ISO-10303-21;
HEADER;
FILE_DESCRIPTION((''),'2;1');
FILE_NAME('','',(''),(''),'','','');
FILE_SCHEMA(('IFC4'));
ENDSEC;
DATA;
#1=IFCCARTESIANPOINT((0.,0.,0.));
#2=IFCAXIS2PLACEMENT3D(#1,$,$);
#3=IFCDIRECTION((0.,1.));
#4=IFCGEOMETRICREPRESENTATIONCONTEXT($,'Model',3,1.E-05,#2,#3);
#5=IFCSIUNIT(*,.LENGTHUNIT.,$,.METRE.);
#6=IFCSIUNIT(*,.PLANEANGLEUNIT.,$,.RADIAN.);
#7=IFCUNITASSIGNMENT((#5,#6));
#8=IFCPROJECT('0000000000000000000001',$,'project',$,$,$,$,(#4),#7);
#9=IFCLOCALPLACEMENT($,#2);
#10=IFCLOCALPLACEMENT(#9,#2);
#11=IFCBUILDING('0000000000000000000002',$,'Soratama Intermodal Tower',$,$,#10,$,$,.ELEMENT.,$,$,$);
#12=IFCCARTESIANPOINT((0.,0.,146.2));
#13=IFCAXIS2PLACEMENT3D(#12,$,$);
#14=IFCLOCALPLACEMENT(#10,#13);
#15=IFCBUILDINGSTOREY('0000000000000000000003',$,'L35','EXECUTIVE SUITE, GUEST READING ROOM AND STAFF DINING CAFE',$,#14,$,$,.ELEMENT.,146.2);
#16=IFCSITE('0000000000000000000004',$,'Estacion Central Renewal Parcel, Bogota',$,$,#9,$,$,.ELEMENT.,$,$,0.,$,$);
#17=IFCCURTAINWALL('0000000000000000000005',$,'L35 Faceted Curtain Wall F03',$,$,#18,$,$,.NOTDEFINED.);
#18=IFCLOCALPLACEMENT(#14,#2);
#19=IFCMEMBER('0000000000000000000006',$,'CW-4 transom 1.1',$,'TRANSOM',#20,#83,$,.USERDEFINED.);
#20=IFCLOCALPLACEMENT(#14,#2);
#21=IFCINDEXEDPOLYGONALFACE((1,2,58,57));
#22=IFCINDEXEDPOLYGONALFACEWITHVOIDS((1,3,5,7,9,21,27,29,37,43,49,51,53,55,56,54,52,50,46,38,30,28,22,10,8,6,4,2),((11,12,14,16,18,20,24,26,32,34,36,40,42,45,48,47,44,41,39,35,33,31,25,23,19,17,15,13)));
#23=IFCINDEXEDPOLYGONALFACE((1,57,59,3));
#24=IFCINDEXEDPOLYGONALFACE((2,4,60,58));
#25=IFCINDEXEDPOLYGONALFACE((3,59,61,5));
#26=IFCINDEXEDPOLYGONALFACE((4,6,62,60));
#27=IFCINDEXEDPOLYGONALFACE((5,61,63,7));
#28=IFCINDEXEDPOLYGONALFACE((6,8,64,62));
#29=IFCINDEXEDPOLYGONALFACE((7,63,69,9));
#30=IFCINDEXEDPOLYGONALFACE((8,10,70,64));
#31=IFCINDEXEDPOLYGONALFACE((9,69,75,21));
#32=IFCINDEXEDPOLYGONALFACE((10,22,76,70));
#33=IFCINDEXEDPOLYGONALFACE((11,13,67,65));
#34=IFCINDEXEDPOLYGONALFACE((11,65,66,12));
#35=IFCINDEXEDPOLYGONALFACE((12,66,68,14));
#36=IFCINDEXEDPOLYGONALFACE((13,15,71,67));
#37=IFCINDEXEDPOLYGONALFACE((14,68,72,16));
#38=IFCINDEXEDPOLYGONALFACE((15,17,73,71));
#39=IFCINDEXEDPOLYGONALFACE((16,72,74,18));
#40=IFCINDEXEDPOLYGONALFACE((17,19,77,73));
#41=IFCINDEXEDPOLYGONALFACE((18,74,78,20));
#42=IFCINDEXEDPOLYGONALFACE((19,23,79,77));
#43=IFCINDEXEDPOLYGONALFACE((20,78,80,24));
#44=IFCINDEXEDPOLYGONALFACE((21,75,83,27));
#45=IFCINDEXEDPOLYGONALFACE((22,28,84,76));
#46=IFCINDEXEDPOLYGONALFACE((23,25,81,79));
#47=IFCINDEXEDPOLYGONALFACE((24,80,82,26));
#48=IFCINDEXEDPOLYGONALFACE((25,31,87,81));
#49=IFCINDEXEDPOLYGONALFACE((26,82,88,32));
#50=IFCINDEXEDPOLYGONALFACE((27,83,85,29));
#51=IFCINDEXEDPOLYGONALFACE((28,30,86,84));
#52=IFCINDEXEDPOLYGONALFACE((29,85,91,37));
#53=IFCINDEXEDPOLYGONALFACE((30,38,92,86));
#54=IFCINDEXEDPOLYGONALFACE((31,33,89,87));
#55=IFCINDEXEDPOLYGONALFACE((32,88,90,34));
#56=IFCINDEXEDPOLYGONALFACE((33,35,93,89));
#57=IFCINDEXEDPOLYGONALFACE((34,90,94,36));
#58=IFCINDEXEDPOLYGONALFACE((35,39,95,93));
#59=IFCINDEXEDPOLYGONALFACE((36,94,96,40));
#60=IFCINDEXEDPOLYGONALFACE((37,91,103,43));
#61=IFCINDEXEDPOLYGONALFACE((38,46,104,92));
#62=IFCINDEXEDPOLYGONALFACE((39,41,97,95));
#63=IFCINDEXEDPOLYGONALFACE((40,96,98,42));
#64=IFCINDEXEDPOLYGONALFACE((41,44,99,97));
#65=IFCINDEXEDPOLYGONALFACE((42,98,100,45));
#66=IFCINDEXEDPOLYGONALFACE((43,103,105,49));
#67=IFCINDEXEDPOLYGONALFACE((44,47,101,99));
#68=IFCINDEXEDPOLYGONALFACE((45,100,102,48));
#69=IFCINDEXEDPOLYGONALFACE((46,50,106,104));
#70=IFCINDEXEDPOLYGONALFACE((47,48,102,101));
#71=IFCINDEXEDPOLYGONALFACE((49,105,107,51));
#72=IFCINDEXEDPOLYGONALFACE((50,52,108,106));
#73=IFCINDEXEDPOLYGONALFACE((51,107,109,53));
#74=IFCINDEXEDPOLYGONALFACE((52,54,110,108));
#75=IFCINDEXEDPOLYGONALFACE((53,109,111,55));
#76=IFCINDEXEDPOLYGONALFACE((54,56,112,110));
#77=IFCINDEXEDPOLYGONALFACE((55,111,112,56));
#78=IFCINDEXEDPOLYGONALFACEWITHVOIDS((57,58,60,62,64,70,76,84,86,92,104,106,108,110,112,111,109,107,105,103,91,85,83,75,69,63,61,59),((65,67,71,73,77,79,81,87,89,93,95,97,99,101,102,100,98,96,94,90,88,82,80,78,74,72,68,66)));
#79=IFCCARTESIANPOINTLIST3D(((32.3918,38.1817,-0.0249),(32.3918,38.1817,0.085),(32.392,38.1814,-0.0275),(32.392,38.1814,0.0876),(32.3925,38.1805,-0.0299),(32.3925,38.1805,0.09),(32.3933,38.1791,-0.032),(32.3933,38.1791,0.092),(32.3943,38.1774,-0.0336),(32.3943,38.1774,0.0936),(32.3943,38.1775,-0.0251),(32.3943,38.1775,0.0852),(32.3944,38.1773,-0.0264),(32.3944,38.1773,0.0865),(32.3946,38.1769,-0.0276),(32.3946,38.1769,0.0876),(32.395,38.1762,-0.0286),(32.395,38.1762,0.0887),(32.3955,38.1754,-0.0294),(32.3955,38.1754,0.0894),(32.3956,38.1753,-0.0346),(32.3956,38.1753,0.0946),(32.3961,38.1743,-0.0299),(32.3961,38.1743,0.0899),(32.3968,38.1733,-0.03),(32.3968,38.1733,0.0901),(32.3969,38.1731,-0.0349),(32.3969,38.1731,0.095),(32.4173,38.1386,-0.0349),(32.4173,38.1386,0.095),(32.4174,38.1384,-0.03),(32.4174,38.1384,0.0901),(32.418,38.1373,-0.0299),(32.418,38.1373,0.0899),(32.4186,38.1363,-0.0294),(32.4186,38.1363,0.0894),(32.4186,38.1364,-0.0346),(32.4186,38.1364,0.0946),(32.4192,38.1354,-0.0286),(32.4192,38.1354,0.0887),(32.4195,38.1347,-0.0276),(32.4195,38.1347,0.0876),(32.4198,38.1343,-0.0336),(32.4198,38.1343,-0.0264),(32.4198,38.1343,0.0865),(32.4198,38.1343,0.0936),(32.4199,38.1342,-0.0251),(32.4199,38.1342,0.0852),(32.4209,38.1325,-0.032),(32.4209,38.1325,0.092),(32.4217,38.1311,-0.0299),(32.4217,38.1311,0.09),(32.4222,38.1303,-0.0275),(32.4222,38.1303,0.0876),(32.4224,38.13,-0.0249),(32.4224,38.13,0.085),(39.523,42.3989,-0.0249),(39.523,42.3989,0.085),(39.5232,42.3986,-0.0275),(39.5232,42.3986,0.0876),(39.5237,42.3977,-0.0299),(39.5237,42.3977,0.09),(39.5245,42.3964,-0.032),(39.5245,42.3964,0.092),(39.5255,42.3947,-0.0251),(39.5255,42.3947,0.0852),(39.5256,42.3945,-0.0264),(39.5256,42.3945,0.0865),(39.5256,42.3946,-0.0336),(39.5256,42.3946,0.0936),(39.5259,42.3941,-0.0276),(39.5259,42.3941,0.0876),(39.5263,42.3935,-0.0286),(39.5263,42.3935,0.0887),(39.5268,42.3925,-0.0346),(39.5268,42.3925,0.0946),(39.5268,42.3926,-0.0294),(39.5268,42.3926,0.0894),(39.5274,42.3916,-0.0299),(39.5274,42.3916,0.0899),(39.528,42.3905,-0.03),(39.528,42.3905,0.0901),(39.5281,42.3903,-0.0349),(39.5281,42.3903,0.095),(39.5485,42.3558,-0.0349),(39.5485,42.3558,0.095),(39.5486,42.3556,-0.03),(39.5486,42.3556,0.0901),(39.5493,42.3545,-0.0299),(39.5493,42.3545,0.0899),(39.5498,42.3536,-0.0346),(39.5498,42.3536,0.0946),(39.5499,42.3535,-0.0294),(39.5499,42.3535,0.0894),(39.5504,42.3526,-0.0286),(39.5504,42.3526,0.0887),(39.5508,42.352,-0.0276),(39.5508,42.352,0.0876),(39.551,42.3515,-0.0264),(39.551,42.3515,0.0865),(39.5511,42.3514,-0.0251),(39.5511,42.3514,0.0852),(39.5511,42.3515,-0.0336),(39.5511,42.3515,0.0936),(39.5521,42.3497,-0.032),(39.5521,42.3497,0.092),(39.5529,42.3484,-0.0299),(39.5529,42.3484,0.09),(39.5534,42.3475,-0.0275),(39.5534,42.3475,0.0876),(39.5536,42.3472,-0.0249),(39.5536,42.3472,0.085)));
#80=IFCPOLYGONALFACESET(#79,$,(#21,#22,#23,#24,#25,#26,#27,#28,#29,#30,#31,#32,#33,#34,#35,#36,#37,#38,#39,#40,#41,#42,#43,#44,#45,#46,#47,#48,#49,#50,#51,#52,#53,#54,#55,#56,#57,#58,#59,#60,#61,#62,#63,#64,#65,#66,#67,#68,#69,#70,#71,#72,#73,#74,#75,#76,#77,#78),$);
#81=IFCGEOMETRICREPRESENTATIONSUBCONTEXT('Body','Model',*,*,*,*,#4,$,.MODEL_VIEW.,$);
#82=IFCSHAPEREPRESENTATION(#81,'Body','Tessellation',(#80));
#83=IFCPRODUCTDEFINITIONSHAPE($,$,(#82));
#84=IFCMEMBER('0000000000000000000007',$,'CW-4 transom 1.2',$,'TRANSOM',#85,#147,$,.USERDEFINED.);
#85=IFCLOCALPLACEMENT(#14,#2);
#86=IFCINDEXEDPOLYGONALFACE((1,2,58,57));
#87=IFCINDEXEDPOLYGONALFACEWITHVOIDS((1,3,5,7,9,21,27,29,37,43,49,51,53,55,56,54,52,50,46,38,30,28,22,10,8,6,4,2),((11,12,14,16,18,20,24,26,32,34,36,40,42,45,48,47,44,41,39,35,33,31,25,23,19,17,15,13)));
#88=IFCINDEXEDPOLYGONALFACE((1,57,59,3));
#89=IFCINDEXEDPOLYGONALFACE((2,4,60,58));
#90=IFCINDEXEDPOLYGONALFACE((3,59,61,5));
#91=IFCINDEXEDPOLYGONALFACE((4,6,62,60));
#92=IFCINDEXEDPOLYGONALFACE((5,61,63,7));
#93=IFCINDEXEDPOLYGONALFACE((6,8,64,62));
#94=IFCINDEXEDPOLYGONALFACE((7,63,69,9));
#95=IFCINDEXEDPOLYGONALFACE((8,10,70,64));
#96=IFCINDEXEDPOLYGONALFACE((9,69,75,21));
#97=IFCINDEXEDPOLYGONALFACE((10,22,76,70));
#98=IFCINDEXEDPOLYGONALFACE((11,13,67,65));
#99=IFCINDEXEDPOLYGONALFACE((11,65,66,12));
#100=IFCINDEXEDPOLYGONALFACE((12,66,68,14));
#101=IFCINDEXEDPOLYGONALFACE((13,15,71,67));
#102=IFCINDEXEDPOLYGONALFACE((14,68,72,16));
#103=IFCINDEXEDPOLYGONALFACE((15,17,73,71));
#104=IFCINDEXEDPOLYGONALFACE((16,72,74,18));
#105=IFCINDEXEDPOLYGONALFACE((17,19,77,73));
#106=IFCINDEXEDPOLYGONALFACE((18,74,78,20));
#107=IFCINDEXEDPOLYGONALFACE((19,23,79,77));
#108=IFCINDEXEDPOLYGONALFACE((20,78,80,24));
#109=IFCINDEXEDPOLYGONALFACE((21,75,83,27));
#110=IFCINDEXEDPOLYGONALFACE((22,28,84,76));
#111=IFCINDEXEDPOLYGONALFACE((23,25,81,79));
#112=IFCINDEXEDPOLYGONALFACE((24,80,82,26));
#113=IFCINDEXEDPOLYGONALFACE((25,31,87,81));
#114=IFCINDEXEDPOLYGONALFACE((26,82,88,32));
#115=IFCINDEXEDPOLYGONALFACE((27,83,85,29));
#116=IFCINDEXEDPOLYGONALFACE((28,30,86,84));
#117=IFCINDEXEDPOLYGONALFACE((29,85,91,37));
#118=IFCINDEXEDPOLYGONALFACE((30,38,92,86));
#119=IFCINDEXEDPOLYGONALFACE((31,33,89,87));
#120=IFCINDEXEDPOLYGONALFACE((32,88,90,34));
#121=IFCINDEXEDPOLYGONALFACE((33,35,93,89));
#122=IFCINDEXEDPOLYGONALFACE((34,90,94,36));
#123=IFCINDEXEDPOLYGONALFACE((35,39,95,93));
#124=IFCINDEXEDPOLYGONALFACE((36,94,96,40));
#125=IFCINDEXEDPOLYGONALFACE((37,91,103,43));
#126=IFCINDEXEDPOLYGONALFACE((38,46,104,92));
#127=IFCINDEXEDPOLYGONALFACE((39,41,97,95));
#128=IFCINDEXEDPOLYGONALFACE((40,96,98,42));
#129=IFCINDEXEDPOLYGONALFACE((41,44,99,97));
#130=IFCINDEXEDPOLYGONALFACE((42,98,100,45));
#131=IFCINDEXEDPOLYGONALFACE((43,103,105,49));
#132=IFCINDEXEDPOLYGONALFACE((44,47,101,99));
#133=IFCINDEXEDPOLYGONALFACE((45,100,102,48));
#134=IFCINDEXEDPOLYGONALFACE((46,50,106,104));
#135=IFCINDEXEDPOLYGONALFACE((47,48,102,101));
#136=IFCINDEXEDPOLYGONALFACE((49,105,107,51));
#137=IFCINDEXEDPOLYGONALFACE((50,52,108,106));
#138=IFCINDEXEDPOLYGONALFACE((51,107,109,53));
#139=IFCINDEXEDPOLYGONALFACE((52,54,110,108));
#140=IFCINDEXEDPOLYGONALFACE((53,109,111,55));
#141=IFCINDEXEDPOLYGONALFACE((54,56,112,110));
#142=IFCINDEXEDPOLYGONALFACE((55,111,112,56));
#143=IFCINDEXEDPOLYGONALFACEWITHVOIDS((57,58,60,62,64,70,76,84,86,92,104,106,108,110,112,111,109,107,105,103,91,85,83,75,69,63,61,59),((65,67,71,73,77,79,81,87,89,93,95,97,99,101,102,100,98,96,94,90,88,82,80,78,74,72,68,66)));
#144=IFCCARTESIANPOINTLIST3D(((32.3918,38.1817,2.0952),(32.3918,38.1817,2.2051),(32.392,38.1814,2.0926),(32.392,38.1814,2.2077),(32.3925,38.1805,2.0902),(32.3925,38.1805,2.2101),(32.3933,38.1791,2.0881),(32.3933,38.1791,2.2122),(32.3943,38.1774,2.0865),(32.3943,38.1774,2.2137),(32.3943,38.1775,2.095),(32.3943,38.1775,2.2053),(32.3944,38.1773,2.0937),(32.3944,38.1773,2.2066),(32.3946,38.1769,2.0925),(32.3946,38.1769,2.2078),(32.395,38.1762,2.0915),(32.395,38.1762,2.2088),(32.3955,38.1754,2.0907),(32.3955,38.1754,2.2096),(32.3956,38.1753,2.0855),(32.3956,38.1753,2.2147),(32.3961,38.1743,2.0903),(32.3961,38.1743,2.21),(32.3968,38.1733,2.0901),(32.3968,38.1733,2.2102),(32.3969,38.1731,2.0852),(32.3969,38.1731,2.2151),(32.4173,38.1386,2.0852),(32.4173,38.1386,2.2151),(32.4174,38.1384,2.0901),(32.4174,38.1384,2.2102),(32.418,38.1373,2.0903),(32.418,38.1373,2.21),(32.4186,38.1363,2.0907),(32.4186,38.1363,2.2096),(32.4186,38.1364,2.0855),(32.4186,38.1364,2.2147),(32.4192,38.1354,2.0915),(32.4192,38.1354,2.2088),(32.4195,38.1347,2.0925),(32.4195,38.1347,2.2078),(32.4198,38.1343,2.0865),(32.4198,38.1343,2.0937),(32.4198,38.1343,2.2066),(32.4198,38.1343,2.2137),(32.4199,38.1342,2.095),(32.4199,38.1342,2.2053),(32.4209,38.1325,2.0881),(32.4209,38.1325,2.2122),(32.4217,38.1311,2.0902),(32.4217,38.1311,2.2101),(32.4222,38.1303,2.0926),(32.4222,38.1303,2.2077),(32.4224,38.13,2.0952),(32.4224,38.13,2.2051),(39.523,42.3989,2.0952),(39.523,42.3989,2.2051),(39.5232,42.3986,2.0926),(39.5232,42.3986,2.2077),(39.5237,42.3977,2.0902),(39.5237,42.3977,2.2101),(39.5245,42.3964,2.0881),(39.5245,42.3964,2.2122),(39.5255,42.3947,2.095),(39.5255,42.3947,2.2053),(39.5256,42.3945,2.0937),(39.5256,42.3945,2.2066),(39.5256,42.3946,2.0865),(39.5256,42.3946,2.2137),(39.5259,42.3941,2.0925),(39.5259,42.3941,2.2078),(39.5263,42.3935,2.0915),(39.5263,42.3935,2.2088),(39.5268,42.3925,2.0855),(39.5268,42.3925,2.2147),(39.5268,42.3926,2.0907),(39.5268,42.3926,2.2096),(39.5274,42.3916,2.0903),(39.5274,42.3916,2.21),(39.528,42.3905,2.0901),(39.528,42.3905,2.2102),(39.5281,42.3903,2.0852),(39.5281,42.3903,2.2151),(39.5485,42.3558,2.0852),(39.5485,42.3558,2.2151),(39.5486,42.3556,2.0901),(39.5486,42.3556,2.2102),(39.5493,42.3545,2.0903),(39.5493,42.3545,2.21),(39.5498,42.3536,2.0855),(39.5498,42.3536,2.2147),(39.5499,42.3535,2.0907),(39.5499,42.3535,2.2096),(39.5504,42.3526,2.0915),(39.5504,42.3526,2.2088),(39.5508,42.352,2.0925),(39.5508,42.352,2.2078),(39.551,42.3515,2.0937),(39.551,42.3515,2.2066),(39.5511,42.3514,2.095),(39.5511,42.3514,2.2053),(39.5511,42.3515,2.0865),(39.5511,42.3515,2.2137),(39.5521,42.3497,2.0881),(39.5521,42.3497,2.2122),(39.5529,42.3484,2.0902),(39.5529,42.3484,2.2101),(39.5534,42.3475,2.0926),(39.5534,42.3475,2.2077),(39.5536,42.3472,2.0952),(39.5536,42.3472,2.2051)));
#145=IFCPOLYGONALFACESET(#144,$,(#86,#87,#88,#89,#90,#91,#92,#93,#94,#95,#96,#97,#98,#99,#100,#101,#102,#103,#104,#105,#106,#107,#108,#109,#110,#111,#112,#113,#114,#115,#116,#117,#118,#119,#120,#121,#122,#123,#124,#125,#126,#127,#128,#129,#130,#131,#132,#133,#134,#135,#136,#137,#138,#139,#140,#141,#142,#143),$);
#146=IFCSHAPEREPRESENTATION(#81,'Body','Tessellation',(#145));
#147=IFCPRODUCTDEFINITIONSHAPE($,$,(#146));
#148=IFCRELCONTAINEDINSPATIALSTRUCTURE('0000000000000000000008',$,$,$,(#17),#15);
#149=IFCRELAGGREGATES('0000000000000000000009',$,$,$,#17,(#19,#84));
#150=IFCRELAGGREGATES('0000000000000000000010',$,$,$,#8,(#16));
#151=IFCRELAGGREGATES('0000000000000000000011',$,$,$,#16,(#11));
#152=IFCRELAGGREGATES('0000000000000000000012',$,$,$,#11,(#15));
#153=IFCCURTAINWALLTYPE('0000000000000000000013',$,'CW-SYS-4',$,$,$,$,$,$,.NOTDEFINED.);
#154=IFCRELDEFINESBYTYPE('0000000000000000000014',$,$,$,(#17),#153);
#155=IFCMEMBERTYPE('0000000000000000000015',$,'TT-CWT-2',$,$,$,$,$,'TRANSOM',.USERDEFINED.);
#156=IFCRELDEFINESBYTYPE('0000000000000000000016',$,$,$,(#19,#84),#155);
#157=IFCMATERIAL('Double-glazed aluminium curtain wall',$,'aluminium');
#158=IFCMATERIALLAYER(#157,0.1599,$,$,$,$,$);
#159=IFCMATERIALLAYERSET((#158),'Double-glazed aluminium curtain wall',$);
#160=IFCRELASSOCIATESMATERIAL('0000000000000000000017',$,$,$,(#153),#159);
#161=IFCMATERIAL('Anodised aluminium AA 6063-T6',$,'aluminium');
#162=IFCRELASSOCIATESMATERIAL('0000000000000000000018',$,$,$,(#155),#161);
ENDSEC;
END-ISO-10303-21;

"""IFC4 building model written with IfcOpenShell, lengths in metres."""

from ifc_helpers import new_model, si_unit, direction, frame, origin, origin_2d, place, context, subcontext, project, spatial, hollow_rectangle, extrude, material, layer, layer_set, material_profile, profile_set, type_object, element, aggregate, save


model = new_model("IFC4")

# Units and contexts
model_context = context("Model", 3, precision=1e-05, world=origin(), true_north=direction((0.0, 1.0)))
body_context = subcontext(model_context, "Body", "Model", "MODEL_VIEW")
ifc_project = project(units=[si_unit("LENGTHUNIT", "METRE"), si_unit("PLANEANGLEUNIT", "RADIAN")], contexts=[model_context])

# Site, building, storey
site_placement = place(None, origin())
site = spatial("IfcSite", under=ifc_project, at=site_placement, Name="Estacion Central Renewal Parcel, Bogota", CompositionType="ELEMENT", RefElevation=0.0)
building_placement = place(site_placement, origin())
building = spatial("IfcBuilding", under=site, at=building_placement, Name="Soratama Intermodal Tower", CompositionType="ELEMENT")
storey_placement = place(building_placement, frame((0.0, 0.0, 146.2)))
storey = spatial("IfcBuildingStorey", under=building, at=storey_placement, Name="L35", Description="EXECUTIVE SUITE, GUEST READING ROOM AND STAFF DINING CAFE", CompositionType="ELEMENT", Elevation=146.2)

# Curtain wall
ifc_material_1 = material(Name="Double-glazed aluminium curtain wall", Category="aluminium")
ifc_layer_1 = layer(ifc_material_1, 0.1599)
ifc_layer_set_1 = layer_set([ifc_layer_1], Name="Double-glazed aluminium curtain wall")
curtain_wall_type = type_object("IfcCurtainWallType", Name="CW-SYS-4", PredefinedType="NOTDEFINED", material=ifc_layer_set_1)
curtain_wall_1_placement = place(storey_placement, origin())
curtain_wall_1 = element("IfcCurtainWall", 1, at=curtain_wall_1_placement, inside=storey, type_object=curtain_wall_type, Name="L35 Faceted Curtain Wall F03", PredefinedType="NOTDEFINED")

# Members
ifc_material_2 = material(Name="Anodised aluminium AA 6063-T6", Category="aluminium")
ifc_material_profile_1 = material_profile(ifc_material_2, hollow_rectangle(XDim=0.0601, YDim=0.1299, WallThickness=0.0049, InnerFilletRadius=0.0049, OuterFilletRadius=0.01, at=origin_2d()), Name="CWT130X60X5")
ifc_profile_set_1 = profile_set([ifc_material_profile_1], Name="Anodised aluminium AA 6063-T6")
member_type_1 = type_object("IfcMemberType", Name="TT-CWT-2", ElementType="TRANSOM", PredefinedType="USERDEFINED", material=ifc_profile_set_1)
member_1_placement = place(storey_placement, frame((39.5383, 42.373, 0.03), z_axis=(-0.860752, -0.509025, 0.0), x_axis=(0.509025, -0.860752, 0.0)))
member_1 = element("IfcMember", 2, at=member_1_placement, type_object=member_type_1, Name="CW-4 transom 1.1", ObjectType="TRANSOM", PredefinedType="USERDEFINED", context=body_context, shape_type="SweptSolid", body=[
    extrude(hollow_rectangle(XDim=0.0601, YDim=0.1299, WallThickness=0.0049, InnerFilletRadius=0.0049, OuterFilletRadius=0.01, at=origin_2d()), origin(), (0.0, 0.0, 1.0), 8.2849),
])
member_2_placement = place(storey_placement, frame((39.5383, 42.373, 2.1501), z_axis=(-0.860752, -0.509025, 0.0), x_axis=(0.509025, -0.860752, 0.0)))
member_2 = element("IfcMember", 3, at=member_2_placement, type_object=member_type_1, Name="CW-4 transom 1.2", ObjectType="TRANSOM", PredefinedType="USERDEFINED", context=body_context, shape_type="SweptSolid", body=[
    extrude(hollow_rectangle(XDim=0.0601, YDim=0.1299, WallThickness=0.0049, InnerFilletRadius=0.0049, OuterFilletRadius=0.01, at=origin_2d()), origin(), (0.0, 0.0, 1.0), 8.2849),
])

aggregate(curtain_wall_1, [member_1, member_2])

save(model, "model.ifc")
